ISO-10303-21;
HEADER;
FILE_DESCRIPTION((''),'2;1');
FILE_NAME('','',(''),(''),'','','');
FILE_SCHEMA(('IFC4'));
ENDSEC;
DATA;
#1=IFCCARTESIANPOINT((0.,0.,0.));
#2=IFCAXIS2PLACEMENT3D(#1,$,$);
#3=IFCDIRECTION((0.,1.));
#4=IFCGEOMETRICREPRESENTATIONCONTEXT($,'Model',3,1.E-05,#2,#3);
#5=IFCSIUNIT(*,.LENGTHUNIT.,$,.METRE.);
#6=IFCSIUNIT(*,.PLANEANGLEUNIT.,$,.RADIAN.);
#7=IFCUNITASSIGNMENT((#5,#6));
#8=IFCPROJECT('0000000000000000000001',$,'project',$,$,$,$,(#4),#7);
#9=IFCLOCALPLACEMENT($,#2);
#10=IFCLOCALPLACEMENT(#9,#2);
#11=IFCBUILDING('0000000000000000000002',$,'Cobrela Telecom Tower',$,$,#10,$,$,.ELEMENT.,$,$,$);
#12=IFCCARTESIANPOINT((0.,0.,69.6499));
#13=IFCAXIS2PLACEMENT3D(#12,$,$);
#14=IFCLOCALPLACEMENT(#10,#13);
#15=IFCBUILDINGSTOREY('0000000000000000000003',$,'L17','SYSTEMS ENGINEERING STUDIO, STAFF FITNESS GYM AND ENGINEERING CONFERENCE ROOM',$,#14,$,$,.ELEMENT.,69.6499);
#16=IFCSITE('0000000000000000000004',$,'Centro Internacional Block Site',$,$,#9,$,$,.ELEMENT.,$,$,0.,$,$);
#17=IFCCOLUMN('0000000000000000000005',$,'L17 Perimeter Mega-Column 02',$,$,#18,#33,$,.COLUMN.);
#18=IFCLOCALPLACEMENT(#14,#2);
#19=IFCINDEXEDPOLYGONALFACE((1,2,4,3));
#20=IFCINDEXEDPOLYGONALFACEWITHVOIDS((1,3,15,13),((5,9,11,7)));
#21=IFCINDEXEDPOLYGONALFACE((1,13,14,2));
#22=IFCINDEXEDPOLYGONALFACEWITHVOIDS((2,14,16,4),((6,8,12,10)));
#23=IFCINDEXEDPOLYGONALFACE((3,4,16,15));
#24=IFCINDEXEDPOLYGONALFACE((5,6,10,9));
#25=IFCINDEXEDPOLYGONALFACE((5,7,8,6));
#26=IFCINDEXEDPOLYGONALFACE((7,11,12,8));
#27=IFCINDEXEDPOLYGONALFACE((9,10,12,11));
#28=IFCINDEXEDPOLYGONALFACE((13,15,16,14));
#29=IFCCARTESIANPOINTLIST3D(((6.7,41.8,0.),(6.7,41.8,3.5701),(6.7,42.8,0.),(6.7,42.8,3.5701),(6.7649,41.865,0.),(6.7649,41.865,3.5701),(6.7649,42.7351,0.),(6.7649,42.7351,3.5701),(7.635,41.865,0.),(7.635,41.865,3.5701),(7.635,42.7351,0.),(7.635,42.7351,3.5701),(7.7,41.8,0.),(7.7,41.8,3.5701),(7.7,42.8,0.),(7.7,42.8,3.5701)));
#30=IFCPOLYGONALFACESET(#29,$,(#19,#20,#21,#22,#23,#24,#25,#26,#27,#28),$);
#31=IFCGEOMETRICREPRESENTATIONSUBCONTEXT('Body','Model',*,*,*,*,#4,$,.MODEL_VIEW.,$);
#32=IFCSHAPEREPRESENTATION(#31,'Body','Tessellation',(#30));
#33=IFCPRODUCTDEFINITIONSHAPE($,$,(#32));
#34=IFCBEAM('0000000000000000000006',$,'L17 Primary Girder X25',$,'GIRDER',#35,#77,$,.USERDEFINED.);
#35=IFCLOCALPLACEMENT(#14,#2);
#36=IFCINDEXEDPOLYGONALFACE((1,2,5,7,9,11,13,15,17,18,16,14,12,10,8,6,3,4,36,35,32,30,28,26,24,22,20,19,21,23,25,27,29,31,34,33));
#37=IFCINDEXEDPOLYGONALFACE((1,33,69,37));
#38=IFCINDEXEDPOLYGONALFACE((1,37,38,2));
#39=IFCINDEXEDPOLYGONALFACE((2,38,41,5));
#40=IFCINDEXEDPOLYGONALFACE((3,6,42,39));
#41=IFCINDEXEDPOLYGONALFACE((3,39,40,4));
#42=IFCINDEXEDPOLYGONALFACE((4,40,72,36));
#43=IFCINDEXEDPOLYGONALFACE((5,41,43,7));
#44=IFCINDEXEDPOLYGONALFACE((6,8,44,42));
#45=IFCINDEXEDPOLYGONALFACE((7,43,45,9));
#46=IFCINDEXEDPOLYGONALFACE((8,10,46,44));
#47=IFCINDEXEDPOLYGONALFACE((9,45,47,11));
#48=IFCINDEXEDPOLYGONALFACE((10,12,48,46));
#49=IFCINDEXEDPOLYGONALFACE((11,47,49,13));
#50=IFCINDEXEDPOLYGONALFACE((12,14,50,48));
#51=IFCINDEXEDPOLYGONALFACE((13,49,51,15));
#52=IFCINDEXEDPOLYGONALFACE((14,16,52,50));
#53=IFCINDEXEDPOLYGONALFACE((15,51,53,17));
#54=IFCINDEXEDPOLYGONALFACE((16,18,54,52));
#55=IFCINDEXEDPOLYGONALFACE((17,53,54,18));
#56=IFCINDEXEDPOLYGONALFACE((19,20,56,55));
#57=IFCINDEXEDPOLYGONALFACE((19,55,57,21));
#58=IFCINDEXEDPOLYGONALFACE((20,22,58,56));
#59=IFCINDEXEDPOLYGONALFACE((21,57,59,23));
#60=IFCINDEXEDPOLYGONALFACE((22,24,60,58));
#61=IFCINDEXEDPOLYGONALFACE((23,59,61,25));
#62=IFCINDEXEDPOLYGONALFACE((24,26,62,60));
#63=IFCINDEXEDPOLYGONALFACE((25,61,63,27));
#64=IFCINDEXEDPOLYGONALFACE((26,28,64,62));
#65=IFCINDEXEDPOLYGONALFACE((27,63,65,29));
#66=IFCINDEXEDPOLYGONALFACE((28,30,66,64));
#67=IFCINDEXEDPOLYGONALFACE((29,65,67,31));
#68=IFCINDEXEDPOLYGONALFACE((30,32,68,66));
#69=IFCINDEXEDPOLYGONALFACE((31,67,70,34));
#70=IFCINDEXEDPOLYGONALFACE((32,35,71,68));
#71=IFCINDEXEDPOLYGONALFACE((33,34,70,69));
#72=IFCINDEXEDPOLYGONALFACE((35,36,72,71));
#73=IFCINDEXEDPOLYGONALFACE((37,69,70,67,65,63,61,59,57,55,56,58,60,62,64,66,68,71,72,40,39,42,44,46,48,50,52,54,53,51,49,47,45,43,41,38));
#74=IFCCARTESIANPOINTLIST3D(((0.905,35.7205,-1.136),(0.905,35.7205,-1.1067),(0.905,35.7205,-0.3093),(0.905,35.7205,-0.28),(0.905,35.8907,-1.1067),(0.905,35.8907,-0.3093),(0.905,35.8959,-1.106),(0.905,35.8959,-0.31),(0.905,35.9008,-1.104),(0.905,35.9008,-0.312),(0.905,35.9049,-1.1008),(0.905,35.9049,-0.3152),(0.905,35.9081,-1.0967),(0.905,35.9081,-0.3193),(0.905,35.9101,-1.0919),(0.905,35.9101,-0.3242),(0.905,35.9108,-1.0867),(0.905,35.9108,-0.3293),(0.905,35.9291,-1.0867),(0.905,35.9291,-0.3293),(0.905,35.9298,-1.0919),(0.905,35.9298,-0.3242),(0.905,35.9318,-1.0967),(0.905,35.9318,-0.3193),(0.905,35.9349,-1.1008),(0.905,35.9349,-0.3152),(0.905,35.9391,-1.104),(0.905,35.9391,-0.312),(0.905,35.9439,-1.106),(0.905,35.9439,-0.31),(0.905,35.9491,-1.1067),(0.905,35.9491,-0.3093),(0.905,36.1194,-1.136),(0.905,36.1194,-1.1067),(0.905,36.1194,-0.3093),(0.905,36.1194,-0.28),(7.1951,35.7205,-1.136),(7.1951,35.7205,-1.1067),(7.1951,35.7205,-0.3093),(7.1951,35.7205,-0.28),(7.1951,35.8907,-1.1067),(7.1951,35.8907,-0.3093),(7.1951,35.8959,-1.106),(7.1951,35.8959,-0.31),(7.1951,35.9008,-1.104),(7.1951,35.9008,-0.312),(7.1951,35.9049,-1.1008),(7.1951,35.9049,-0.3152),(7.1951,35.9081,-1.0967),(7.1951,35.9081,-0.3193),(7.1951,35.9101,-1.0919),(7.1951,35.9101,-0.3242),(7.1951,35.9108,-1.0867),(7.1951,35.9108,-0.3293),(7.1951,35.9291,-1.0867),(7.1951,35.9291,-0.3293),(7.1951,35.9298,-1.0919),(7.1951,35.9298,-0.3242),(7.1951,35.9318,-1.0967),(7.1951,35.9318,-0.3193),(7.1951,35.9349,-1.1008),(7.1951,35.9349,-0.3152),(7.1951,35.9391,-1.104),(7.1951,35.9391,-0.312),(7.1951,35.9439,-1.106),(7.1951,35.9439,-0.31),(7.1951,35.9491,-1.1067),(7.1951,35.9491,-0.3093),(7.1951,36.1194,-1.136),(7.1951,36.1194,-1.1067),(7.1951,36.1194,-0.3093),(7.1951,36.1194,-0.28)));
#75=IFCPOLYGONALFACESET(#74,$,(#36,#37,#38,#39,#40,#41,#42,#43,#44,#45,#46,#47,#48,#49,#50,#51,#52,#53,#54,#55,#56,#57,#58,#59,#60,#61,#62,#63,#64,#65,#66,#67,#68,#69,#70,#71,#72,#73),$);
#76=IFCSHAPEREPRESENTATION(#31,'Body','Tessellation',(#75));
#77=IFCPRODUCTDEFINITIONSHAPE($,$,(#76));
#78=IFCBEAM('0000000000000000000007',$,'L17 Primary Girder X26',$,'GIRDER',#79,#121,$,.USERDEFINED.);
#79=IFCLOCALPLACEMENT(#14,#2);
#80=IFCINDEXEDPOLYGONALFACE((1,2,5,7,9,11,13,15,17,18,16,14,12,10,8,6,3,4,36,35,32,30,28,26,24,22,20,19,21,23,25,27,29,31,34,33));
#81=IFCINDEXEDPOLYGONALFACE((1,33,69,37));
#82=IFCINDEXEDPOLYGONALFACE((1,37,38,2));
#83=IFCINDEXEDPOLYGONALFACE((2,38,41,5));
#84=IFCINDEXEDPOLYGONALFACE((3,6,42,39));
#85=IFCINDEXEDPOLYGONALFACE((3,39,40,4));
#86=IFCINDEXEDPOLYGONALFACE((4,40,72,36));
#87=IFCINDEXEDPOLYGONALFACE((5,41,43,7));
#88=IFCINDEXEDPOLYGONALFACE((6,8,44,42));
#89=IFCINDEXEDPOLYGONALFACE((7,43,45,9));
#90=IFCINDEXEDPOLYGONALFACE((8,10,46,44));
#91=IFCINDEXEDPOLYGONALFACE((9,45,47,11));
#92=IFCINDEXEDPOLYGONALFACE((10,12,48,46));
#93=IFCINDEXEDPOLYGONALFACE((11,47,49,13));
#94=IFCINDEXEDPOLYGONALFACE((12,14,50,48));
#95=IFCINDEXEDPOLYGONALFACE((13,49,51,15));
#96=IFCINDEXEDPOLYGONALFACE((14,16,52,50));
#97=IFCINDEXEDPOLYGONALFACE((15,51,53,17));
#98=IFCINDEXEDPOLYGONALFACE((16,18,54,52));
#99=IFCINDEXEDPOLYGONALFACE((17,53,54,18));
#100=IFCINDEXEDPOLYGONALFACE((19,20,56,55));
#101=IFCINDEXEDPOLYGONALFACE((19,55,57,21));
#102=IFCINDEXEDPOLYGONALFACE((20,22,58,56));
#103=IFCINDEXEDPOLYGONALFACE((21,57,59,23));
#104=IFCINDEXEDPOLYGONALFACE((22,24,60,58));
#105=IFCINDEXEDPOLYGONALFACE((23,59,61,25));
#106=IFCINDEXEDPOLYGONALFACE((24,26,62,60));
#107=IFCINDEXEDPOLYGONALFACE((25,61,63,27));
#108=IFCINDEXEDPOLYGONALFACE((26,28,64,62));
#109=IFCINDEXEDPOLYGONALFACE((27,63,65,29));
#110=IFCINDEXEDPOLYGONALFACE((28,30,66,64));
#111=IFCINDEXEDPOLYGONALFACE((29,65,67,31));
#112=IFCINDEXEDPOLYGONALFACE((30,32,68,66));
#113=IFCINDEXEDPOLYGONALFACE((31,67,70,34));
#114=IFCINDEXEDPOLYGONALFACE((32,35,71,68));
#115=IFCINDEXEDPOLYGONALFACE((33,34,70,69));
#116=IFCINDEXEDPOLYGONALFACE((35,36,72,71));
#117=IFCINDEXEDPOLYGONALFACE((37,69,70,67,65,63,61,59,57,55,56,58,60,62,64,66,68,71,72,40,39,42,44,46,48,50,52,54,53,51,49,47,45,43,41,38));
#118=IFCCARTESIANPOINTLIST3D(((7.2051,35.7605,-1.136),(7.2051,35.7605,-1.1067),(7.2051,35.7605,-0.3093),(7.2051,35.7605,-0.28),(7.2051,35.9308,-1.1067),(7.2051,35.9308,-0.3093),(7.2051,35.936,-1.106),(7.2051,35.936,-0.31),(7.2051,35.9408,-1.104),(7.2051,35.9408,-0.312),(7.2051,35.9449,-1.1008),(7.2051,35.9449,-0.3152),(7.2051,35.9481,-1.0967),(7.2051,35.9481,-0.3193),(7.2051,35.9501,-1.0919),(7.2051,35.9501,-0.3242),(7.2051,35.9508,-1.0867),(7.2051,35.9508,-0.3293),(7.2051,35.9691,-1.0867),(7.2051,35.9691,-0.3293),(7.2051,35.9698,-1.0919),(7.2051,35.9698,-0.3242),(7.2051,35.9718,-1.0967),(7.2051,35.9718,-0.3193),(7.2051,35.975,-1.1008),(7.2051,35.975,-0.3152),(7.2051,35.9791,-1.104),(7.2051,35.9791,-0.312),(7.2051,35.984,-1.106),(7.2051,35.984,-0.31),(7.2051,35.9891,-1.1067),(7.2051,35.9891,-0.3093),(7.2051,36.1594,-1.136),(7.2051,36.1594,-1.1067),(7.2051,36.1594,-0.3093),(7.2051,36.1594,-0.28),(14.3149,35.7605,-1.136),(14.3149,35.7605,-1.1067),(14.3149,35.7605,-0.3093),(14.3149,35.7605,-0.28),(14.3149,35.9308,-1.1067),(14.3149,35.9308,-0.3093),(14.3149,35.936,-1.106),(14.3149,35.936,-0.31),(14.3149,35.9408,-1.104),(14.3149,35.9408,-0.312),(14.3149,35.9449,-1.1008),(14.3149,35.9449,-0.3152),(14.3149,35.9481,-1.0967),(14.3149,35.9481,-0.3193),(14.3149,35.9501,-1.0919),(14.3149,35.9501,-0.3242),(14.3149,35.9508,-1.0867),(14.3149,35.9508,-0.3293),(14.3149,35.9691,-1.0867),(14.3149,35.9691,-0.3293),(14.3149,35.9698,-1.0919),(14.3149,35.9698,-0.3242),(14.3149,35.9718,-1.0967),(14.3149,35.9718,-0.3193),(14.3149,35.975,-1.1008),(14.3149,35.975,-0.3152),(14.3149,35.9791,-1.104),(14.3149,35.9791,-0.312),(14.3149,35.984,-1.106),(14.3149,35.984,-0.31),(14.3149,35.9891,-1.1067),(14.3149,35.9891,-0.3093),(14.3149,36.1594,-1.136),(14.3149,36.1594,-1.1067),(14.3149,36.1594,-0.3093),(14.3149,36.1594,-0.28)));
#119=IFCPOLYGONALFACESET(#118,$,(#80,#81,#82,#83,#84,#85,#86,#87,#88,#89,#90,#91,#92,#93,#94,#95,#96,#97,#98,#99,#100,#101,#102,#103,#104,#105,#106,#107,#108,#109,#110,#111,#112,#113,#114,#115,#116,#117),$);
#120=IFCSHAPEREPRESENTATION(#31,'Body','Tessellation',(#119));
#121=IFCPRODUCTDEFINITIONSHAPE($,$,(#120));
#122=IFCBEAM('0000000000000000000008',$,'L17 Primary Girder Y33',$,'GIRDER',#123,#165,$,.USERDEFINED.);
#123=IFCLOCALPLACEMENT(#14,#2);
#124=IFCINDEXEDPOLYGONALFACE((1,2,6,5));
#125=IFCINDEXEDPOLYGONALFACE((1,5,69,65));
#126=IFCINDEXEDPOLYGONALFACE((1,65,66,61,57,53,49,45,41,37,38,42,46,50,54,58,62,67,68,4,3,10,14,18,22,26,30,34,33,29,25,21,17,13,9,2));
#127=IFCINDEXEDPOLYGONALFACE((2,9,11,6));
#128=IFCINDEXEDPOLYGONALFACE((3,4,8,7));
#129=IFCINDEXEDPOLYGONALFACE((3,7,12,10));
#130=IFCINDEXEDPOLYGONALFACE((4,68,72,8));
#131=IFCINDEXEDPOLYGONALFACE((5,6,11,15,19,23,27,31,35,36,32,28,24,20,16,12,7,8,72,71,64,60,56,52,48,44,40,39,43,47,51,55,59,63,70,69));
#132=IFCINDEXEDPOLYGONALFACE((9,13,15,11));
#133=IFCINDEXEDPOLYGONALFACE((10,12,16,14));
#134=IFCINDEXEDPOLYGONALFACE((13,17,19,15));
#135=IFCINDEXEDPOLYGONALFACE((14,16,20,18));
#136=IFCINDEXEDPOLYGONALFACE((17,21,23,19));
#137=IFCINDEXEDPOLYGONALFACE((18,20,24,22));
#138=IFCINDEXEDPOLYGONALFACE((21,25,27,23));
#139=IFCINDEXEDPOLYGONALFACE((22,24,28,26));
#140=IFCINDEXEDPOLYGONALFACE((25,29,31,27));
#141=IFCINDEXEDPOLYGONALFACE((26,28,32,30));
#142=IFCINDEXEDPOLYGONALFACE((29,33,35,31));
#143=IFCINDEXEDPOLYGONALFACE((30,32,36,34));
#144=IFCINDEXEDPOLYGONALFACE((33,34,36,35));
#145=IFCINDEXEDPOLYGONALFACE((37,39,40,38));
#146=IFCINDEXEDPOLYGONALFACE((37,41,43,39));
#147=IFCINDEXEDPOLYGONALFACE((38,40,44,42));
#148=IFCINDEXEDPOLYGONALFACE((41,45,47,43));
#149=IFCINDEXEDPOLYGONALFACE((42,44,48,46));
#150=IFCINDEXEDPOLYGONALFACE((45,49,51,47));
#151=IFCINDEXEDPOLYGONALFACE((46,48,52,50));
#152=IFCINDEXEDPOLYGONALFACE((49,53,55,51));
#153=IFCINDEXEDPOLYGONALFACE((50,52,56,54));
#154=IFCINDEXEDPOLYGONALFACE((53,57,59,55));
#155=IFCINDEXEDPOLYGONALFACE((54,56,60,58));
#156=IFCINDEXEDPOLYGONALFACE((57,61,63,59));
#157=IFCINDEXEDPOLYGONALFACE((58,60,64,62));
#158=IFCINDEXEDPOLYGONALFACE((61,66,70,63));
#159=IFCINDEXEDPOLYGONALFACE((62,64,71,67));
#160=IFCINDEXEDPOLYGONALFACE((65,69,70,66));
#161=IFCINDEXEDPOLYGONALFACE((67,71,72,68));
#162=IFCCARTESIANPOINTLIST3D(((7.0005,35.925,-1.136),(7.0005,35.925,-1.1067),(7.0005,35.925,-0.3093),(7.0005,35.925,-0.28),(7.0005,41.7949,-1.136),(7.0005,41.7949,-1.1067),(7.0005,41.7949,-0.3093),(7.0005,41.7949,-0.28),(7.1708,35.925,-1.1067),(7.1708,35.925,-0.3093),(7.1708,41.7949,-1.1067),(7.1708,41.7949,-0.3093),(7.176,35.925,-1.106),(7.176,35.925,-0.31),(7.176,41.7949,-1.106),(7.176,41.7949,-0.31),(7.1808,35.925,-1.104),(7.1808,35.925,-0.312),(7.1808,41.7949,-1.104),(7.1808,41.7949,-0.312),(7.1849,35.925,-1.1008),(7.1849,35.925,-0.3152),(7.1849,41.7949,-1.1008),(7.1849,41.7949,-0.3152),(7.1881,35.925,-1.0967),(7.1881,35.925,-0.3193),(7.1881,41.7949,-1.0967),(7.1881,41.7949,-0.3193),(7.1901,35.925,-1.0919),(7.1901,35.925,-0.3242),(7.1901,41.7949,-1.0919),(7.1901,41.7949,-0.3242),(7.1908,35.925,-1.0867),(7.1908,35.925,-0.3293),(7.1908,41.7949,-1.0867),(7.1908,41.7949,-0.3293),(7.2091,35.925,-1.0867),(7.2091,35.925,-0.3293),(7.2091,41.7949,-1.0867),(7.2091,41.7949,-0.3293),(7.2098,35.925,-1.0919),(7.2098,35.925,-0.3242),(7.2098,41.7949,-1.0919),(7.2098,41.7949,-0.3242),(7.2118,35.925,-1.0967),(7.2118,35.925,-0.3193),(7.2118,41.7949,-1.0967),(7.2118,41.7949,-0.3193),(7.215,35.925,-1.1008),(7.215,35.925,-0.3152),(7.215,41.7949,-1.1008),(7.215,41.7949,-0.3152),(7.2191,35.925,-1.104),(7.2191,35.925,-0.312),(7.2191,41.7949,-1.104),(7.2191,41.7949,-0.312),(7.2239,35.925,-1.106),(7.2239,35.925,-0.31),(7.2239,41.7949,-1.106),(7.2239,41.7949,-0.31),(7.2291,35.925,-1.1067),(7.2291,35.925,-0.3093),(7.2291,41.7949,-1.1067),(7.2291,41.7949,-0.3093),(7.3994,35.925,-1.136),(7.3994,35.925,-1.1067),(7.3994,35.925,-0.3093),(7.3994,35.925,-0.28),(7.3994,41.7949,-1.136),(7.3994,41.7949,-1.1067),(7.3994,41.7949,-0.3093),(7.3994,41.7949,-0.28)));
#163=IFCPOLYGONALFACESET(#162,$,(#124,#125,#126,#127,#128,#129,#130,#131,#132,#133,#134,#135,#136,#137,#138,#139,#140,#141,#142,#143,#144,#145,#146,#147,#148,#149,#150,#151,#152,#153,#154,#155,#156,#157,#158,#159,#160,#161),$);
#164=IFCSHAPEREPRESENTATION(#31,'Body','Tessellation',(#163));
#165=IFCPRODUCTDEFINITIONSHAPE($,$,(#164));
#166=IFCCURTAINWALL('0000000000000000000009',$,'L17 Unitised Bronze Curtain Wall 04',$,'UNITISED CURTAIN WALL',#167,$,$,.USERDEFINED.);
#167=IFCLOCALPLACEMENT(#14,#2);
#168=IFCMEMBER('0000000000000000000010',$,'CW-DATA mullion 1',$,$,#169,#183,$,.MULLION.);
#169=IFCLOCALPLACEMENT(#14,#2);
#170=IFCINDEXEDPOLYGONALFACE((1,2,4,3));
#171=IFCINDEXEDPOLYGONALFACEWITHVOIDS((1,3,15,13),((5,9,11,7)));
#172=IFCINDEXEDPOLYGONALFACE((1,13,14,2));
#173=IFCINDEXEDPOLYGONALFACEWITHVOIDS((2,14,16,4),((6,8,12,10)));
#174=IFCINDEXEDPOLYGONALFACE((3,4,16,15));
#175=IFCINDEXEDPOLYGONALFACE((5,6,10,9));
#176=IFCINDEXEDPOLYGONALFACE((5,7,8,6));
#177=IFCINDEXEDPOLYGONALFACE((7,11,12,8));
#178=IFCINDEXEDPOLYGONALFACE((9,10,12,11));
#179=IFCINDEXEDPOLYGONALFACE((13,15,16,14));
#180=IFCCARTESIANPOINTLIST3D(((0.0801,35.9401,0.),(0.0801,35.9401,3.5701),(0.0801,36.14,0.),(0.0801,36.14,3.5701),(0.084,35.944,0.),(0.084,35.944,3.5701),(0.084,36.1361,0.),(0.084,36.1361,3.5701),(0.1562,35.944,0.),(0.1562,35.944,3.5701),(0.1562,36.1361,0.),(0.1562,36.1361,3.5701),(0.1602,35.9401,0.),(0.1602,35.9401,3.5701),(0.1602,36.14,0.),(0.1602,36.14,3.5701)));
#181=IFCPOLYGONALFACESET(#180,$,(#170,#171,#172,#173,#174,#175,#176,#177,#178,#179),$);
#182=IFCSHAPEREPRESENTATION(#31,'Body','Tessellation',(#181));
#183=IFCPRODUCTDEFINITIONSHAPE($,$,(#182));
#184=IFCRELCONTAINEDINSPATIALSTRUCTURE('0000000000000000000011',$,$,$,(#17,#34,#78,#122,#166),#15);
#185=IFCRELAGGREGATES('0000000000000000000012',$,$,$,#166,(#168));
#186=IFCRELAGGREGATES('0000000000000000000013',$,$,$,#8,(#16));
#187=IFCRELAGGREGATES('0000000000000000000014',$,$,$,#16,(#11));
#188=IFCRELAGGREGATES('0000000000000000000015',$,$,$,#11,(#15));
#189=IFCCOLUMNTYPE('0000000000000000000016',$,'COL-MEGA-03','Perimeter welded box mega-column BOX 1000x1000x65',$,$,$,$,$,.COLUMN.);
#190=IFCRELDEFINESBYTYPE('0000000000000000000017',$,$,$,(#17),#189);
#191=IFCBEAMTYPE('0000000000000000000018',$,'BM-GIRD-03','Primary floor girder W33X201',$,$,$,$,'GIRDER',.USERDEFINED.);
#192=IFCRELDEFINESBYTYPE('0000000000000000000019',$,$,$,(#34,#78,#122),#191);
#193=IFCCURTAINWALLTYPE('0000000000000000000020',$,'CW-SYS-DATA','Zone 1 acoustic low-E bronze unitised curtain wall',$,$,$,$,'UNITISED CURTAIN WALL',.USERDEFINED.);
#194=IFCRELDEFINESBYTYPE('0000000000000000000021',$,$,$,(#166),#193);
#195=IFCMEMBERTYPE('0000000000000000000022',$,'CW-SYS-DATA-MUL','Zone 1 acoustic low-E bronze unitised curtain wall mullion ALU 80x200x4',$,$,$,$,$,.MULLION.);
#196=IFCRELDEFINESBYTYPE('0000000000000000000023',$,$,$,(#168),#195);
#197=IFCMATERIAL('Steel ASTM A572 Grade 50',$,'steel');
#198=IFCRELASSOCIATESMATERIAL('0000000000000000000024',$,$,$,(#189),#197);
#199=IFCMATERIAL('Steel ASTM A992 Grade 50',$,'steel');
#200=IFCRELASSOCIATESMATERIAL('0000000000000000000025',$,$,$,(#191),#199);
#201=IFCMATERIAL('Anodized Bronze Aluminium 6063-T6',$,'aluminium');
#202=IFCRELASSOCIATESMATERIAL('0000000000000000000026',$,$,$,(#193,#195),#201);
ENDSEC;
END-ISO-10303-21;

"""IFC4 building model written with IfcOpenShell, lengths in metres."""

from ifc_helpers import new_model, si_unit, direction, frame, origin, origin_2d, place, context, subcontext, project, spatial, hollow_rectangle, i_section, extrude, material, material_profile, profile_set, type_object, element, aggregate, save


model = new_model("IFC4")

# Units and contexts
model_context = context("Model", 3, precision=1e-05, world=origin(), true_north=direction((0.0, 1.0)))
body_context = subcontext(model_context, "Body", "Model", "MODEL_VIEW")
ifc_project = project(units=[si_unit("LENGTHUNIT", "METRE"), si_unit("PLANEANGLEUNIT", "RADIAN")], contexts=[model_context])

# Site, building, storey
site_placement = place(None, origin())
site = spatial("IfcSite", under=ifc_project, at=site_placement, Name="Centro Internacional Block Site", CompositionType="ELEMENT", RefElevation=0.0)
building_placement = place(site_placement, origin())
building = spatial("IfcBuilding", under=site, at=building_placement, Name="Cobrela Telecom Tower", CompositionType="ELEMENT")
storey_placement = place(building_placement, frame((0.0, 0.0, 69.6499)))
storey = spatial("IfcBuildingStorey", under=building, at=storey_placement, Name="L17", Description="SYSTEMS ENGINEERING STUDIO, STAFF FITNESS GYM AND ENGINEERING CONFERENCE ROOM", CompositionType="ELEMENT", Elevation=69.6499)

# Column
ifc_material_1 = material(Name="Steel ASTM A572 Grade 50", Category="steel")
ifc_material_profile_1 = material_profile(ifc_material_1, hollow_rectangle(XDim=1.0, YDim=1.0, WallThickness=0.0649, at=origin_2d()), Name="BOX 1000x1000x65")
ifc_profile_set_1 = profile_set([ifc_material_profile_1], Name="Steel ASTM A572 Grade 50")
column_type = type_object("IfcColumnType", Name="COL-MEGA-03", Description="Perimeter welded box mega-column BOX 1000x1000x65", PredefinedType="COLUMN", material=ifc_profile_set_1)
column_placement = place(storey_placement, frame((7.2, 42.3, 0.0), z_axis=(0.0, 0.0, 1.0), x_axis=(1.0, 0.0, 0.0)))
element("IfcColumn", 1, at=column_placement, inside=storey, type_object=column_type, Name="L17 Perimeter Mega-Column 02", PredefinedType="COLUMN", context=body_context, shape_type="SweptSolid", body=[
    extrude(hollow_rectangle(XDim=1.0, YDim=1.0, WallThickness=0.0649, at=origin_2d()), origin(), (0.0, 0.0, 1.0), 3.5701),
])

# Beams
ifc_material_2 = material(Name="Steel ASTM A992 Grade 50", Category="steel")
ifc_material_profile_2 = material_profile(ifc_material_2, i_section(OverallWidth=0.3989, OverallDepth=0.856, WebThickness=0.0183, FlangeThickness=0.0293, FilletRadius=0.02, at=origin_2d()), Name="W33X201")
ifc_profile_set_2 = profile_set([ifc_material_profile_2], Name="Steel ASTM A992 Grade 50")
beam_type = type_object("IfcBeamType", Name="BM-GIRD-03", Description="Primary floor girder W33X201", ElementType="GIRDER", PredefinedType="USERDEFINED", material=ifc_profile_set_2)
beam_1_placement = place(storey_placement, frame((0.905, 35.9199, -0.708), z_axis=(1.0, 0.0, 0.0), x_axis=(0.0, 1.0, 0.0)))
element("IfcBeam", 2, at=beam_1_placement, inside=storey, type_object=beam_type, Name="L17 Primary Girder X25", ObjectType="GIRDER", PredefinedType="USERDEFINED", context=body_context, shape_type="SweptSolid", body=[
    extrude(i_section(OverallWidth=0.3989, OverallDepth=0.856, WebThickness=0.0183, FlangeThickness=0.0293, FilletRadius=0.02, at=origin_2d()), origin(), (0.0, 0.0, 1.0), 6.29),
])
beam_2_placement = place(storey_placement, frame((7.2051, 35.96, -0.708), z_axis=(1.0, 0.0, 0.0), x_axis=(0.0, 1.0, 0.0)))
element("IfcBeam", 3, at=beam_2_placement, inside=storey, type_object=beam_type, Name="L17 Primary Girder X26", ObjectType="GIRDER", PredefinedType="USERDEFINED", context=body_context, shape_type="SweptSolid", body=[
    extrude(i_section(OverallWidth=0.3989, OverallDepth=0.856, WebThickness=0.0183, FlangeThickness=0.0293, FilletRadius=0.02, at=origin_2d()), origin(), (0.0, 0.0, 1.0), 7.1099),
])
beam_3_placement = place(storey_placement, frame((7.2, 35.925, -0.708), z_axis=(0.0, 1.0, 0.0), x_axis=(-1.0, 0.0, 0.0)))
element("IfcBeam", 4, at=beam_3_placement, inside=storey, type_object=beam_type, Name="L17 Primary Girder Y33", ObjectType="GIRDER", PredefinedType="USERDEFINED", context=body_context, shape_type="SweptSolid", body=[
    extrude(i_section(OverallWidth=0.3989, OverallDepth=0.856, WebThickness=0.0183, FlangeThickness=0.0293, FilletRadius=0.02, at=origin_2d()), origin(), (0.0, 0.0, 1.0), 5.8699),
])

# Curtain wall, member
ifc_material_3 = material(Name="Anodized Bronze Aluminium 6063-T6", Category="aluminium")
curtain_wall_type = type_object("IfcCurtainWallType", Name="CW-SYS-DATA", Description="Zone 1 acoustic low-E bronze unitised curtain wall", ElementType="UNITISED CURTAIN WALL", PredefinedType="USERDEFINED", material=ifc_material_3)
curtain_wall_1_placement = place(storey_placement, origin())
curtain_wall_1 = element("IfcCurtainWall", 5, at=curtain_wall_1_placement, inside=storey, type_object=curtain_wall_type, Name="L17 Unitised Bronze Curtain Wall 04", ObjectType="UNITISED CURTAIN WALL", PredefinedType="USERDEFINED")
ifc_material_profile_3 = material_profile(ifc_material_3, hollow_rectangle(XDim=0.0801, YDim=0.2, WallThickness=0.0039, at=origin_2d()), Name="ALU 80x200x4")
ifc_profile_set_3 = profile_set([ifc_material_profile_3], Name="Anodized Bronze Aluminium 6063-T6")
member_type_1 = type_object("IfcMemberType", Name="CW-SYS-DATA-MUL", Description="Zone 1 acoustic low-E bronze unitised curtain wall mullion ALU 80x200x4", PredefinedType="MULLION", material=ifc_profile_set_3)
member_1_placement = place(storey_placement, frame((0.1201, 36.04, 0.0), z_axis=(0.0, 0.0, 1.0), x_axis=(-1.0, 0.0, 0.0)))
member_1 = element("IfcMember", 6, at=member_1_placement, type_object=member_type_1, Name="CW-DATA mullion 1", PredefinedType="MULLION", context=body_context, shape_type="SweptSolid", body=[
    extrude(hollow_rectangle(XDim=0.0801, YDim=0.2, WallThickness=0.0039, at=origin_2d()), origin(), (0.0, 0.0, 1.0), 3.5701),
])

aggregate(curtain_wall_1, [member_1])

save(model, "model.ifc")
